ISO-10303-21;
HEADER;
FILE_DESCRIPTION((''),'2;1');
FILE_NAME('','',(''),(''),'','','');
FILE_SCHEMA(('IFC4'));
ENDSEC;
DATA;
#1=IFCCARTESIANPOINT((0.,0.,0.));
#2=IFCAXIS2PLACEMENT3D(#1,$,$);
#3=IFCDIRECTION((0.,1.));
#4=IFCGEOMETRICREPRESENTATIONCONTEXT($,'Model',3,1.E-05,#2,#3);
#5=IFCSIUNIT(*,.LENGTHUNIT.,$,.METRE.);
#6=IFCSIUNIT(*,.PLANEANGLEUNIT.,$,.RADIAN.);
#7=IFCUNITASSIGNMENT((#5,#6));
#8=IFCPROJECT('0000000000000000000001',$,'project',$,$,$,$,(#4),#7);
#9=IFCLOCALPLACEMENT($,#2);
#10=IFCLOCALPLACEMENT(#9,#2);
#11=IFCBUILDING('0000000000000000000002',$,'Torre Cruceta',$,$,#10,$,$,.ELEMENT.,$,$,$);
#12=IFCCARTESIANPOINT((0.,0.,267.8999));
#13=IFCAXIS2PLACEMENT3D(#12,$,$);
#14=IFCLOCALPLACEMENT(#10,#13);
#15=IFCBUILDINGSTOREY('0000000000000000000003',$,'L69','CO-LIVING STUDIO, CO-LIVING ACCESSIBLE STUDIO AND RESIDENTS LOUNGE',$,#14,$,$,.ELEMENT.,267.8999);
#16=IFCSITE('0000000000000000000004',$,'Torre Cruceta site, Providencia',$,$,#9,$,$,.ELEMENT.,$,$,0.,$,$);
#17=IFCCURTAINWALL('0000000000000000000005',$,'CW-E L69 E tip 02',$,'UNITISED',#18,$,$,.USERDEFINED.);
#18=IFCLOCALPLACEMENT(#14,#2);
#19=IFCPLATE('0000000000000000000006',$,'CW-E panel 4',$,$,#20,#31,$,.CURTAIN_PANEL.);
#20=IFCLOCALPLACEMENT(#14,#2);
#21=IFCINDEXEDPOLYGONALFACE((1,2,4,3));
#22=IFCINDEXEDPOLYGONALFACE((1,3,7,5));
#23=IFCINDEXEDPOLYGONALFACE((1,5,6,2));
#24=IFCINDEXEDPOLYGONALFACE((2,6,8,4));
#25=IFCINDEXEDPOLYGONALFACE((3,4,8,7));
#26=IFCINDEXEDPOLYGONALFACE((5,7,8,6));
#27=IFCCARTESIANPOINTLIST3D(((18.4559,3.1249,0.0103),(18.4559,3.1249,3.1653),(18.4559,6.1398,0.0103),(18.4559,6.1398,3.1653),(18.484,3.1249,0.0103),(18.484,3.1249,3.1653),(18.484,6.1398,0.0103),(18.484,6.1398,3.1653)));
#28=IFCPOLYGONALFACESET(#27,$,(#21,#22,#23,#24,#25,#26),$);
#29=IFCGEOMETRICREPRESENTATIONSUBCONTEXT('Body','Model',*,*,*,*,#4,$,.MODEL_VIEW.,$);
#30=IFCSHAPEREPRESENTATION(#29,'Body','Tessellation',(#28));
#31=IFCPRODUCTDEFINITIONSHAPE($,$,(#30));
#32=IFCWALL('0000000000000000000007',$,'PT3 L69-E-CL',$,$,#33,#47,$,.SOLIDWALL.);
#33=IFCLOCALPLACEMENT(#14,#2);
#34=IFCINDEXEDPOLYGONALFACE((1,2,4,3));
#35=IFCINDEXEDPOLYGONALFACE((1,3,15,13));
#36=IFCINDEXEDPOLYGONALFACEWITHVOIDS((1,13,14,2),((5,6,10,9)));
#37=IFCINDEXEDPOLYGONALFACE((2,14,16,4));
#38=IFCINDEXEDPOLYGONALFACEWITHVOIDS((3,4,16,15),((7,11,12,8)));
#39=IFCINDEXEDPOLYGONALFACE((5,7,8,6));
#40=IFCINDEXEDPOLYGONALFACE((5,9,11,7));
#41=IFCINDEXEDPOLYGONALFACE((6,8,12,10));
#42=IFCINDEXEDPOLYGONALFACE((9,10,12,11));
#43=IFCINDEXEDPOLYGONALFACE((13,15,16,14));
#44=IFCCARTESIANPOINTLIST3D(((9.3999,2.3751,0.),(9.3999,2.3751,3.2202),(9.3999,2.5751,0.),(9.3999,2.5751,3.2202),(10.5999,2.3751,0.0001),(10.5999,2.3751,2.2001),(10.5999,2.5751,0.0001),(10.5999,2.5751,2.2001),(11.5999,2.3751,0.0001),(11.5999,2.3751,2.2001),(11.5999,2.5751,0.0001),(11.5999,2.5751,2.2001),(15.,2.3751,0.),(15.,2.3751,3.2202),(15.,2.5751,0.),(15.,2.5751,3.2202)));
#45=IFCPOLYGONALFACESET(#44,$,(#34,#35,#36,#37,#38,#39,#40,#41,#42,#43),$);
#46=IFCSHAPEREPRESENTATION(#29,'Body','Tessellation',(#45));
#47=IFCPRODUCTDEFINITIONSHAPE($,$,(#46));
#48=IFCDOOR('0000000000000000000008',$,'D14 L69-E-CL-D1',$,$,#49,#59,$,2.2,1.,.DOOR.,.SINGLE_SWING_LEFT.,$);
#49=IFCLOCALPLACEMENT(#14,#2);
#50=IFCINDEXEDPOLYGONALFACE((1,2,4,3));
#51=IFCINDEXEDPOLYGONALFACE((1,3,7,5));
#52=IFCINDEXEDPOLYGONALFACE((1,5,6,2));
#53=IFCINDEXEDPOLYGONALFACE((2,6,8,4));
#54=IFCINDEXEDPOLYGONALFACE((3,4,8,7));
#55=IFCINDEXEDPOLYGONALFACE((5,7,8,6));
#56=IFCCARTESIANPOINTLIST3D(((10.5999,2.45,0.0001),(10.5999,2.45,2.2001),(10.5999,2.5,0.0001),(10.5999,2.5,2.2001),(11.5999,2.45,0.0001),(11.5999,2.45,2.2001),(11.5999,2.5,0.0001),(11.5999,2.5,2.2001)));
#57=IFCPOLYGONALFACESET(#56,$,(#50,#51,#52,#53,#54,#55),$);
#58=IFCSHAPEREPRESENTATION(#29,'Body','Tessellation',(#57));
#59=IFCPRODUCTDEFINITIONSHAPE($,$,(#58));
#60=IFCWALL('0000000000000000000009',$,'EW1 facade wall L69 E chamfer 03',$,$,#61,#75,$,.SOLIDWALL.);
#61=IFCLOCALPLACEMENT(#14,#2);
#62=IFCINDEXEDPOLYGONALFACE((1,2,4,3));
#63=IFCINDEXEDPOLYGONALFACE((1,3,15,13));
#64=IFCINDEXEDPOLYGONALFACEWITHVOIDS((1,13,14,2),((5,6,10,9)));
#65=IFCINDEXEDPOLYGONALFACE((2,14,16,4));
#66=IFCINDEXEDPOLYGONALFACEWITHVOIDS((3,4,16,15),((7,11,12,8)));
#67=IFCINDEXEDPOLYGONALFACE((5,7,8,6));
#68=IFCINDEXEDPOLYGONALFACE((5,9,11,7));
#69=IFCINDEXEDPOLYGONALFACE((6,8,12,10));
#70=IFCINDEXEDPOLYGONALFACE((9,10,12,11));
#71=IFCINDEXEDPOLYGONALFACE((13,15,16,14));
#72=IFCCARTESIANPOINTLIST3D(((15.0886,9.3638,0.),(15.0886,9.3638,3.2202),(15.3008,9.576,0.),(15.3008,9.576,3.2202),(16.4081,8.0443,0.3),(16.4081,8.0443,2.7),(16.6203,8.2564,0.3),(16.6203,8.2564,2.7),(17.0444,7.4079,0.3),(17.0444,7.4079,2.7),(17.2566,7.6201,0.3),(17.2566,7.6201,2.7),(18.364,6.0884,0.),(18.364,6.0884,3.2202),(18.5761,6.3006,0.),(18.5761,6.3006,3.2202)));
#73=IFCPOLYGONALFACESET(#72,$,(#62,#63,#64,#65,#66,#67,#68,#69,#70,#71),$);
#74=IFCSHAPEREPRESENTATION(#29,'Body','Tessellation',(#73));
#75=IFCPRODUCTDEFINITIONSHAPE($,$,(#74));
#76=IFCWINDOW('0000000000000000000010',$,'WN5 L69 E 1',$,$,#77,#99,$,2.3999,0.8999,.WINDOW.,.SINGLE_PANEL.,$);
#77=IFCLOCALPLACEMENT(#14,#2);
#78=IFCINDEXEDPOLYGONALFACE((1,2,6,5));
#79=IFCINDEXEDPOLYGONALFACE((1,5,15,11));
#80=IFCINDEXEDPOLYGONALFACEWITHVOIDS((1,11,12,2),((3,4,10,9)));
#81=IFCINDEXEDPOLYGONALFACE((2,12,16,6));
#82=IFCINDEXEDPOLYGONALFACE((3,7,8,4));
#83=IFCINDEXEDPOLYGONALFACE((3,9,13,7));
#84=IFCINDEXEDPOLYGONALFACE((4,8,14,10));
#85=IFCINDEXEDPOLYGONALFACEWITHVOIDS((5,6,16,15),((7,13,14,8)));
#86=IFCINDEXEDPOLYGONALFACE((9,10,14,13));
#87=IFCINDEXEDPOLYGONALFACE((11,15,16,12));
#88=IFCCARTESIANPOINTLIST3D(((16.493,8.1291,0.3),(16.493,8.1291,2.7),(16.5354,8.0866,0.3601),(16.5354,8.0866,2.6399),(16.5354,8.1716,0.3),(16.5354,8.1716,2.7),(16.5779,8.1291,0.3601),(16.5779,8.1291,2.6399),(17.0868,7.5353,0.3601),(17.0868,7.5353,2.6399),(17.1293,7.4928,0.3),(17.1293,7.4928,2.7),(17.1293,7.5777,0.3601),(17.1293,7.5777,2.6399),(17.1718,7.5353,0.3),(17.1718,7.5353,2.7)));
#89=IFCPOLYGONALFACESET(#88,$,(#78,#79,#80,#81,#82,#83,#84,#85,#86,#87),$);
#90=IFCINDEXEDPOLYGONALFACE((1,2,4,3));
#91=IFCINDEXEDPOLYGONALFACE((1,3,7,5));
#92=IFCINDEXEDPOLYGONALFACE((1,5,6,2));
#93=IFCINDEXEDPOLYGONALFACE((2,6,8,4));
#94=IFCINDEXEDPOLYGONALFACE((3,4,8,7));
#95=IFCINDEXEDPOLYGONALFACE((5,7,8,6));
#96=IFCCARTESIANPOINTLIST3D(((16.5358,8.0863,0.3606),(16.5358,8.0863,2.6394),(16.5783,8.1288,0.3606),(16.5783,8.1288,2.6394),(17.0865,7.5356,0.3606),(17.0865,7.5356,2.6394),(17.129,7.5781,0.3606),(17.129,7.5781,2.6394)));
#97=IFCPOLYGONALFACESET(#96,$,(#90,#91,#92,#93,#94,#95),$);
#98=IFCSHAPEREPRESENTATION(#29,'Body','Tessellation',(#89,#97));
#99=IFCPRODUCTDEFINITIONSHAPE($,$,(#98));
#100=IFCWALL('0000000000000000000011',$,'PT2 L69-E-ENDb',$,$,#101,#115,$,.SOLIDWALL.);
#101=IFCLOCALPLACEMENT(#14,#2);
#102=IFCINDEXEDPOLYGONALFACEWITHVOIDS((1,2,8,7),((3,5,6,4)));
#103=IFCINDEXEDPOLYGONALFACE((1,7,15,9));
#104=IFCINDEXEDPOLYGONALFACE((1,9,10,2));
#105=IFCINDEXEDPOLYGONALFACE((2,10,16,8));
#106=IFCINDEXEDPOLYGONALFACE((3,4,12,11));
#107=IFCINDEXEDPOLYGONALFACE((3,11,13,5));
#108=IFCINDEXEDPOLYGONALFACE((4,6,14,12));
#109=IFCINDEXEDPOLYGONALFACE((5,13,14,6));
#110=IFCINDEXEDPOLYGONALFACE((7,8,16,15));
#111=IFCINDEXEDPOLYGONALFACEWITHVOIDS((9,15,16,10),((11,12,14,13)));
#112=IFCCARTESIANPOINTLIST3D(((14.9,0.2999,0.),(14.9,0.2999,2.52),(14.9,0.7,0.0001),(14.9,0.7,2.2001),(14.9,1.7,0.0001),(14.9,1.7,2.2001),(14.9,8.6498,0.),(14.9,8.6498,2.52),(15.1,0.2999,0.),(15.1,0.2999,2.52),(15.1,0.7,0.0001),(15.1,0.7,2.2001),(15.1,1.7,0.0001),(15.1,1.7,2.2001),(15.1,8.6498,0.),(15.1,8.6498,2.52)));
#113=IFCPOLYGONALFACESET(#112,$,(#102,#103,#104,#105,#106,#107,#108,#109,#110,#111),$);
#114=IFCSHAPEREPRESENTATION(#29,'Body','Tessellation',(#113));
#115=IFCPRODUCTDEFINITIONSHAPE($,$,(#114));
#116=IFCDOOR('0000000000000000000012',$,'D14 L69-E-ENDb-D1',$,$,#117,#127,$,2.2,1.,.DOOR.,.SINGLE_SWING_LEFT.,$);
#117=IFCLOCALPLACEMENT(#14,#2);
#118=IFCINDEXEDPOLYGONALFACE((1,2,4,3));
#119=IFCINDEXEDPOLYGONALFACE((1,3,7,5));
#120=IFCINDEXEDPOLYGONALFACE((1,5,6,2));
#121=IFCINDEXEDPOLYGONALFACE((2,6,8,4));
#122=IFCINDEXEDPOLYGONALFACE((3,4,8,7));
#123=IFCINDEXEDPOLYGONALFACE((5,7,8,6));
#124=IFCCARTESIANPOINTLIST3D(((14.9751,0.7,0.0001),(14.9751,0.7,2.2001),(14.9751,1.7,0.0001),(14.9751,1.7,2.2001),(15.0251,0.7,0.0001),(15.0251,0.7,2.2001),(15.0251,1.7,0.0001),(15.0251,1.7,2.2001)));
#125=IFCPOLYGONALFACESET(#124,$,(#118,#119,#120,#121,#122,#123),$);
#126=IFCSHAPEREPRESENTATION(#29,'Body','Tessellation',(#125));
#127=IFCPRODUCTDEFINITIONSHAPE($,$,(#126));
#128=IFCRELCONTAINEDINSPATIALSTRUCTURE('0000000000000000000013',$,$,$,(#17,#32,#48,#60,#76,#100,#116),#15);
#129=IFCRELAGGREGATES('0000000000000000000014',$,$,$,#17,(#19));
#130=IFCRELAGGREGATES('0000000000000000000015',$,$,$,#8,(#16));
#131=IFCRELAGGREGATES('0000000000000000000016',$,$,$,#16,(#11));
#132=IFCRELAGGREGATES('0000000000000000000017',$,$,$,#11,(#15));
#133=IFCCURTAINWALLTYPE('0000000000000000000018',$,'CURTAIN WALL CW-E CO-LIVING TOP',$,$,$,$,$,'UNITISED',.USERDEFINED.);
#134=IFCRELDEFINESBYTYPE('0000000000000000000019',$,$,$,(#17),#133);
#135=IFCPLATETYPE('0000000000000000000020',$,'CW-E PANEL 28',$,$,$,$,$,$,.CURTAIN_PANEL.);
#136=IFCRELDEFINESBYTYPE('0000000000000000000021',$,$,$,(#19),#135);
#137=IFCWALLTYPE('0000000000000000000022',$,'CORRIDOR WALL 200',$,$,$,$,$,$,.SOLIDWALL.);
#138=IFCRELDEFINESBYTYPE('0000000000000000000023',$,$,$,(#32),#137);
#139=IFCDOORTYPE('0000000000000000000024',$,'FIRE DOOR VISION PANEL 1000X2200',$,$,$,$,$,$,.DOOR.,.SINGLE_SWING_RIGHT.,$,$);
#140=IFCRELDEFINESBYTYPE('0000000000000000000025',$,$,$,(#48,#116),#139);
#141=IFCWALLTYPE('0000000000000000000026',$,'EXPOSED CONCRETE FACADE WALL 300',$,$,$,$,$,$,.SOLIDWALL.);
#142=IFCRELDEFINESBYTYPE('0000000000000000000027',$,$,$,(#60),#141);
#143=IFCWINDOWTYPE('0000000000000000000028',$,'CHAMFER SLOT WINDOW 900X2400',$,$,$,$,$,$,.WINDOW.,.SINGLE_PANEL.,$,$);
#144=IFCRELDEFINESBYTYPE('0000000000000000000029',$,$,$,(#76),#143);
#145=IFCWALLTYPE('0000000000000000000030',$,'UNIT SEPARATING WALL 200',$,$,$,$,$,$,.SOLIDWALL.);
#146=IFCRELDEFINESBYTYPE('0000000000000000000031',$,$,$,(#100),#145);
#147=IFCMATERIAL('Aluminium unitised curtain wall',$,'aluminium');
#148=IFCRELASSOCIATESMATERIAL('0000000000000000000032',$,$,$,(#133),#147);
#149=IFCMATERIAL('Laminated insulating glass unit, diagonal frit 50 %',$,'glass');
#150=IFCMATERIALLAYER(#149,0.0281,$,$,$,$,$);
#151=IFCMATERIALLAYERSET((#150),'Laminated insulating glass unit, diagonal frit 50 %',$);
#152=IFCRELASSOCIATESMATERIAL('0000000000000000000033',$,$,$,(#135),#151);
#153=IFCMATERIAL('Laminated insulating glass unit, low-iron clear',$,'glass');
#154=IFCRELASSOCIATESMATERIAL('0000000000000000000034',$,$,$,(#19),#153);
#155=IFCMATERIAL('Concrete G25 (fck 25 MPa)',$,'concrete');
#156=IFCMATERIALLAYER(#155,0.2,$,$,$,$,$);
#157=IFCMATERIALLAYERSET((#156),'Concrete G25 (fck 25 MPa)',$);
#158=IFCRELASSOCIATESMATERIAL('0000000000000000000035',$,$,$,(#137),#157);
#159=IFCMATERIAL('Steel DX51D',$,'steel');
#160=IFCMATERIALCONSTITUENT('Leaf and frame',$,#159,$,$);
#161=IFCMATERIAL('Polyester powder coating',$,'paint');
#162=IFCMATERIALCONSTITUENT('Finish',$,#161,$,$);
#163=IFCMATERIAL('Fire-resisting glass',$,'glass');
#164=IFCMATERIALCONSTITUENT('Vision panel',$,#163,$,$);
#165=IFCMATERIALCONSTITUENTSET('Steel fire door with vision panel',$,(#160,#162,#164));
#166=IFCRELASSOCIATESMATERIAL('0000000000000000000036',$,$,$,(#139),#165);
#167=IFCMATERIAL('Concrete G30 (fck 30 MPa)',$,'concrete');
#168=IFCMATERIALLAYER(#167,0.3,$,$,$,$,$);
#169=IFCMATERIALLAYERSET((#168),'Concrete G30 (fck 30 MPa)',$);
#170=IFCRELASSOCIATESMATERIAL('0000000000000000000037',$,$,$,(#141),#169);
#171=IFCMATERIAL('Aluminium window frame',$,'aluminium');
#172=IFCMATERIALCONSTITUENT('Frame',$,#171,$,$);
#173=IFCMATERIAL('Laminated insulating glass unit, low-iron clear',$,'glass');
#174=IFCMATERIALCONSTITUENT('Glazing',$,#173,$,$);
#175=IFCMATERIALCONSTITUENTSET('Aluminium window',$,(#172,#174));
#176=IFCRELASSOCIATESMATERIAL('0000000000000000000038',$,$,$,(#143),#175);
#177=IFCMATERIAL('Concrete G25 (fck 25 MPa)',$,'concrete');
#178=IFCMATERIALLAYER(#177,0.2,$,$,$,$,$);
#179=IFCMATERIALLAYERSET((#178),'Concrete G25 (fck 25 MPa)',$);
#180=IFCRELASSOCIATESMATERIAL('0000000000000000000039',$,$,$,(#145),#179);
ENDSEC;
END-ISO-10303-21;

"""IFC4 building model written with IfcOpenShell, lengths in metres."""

from ifc_helpers import new_model, si_unit, direction, frame, frame_2d, origin, origin_2d, place, context, subcontext, project, spatial, rectangle, hollow_rectangle, extrude, material, layer, layer_set, constituent, constituent_set, type_object, element, fill, aggregate, save


model = new_model("IFC4")

# Units and contexts
model_context = context("Model", 3, precision=1e-05, world=origin(), true_north=direction((0.0, 1.0)))
body_context = subcontext(model_context, "Body", "Model", "MODEL_VIEW")
ifc_project = project(units=[si_unit("LENGTHUNIT", "METRE"), si_unit("PLANEANGLEUNIT", "RADIAN")], contexts=[model_context])

# Site, building, storey
site_placement = place(None, origin())
site = spatial("IfcSite", under=ifc_project, at=site_placement, Name="Torre Cruceta site, Providencia", CompositionType="ELEMENT", RefElevation=0.0)
building_placement = place(site_placement, origin())
building = spatial("IfcBuilding", under=site, at=building_placement, Name="Torre Cruceta", CompositionType="ELEMENT")
storey_placement = place(building_placement, frame((0.0, 0.0, 267.8999)))
storey = spatial("IfcBuildingStorey", under=building, at=storey_placement, Name="L69", Description="CO-LIVING STUDIO, CO-LIVING ACCESSIBLE STUDIO AND RESIDENTS LOUNGE", CompositionType="ELEMENT", Elevation=267.8999)

# Curtain wall
ifc_material_1 = material(Name="Aluminium unitised curtain wall", Category="aluminium")
curtain_wall_type = type_object("IfcCurtainWallType", Name="CURTAIN WALL CW-E CO-LIVING TOP", ElementType="UNITISED", PredefinedType="USERDEFINED", material=ifc_material_1)
curtain_wall_placement = place(storey_placement, origin())
curtain_wall = element("IfcCurtainWall", 1, at=curtain_wall_placement, inside=storey, type_object=curtain_wall_type, Name="CW-E L69 E tip 02", ObjectType="UNITISED", PredefinedType="USERDEFINED")

# Plate
ifc_material_2 = material(Name="Laminated insulating glass unit, diagonal frit 50 %", Category="glass")
ifc_layer_1 = layer(ifc_material_2, 0.0281)
ifc_layer_set_1 = layer_set([ifc_layer_1], Name="Laminated insulating glass unit, diagonal frit 50 %")
plate_type = type_object("IfcPlateType", Name="CW-E PANEL 28", PredefinedType="CURTAIN_PANEL", material=ifc_layer_set_1)
ifc_material_3 = material(Name="Laminated insulating glass unit, low-iron clear", Category="glass")
plate_1_placement = place(storey_placement, frame((18.47, 4.6323, 0.0103), z_axis=(0.0, 0.0, 1.0), x_axis=(0.0, 1.0, 0.0)))
plate_1 = element("IfcPlate", 2, at=plate_1_placement, type_object=plate_type, material=ifc_material_3, Name="CW-E panel 4", PredefinedType="CURTAIN_PANEL", context=body_context, shape_type="SweptSolid", body=[
    extrude(rectangle(XDim=3.0149, YDim=0.0281, at=origin_2d()), origin(), (0.0, 0.0, 1.0), 3.155),
])
aggregate(curtain_wall, [plate_1])

# Wall, opening, door
ifc_material_4 = material(Name="Concrete G25 (fck 25 MPa)", Category="concrete")
ifc_layer_2 = layer(ifc_material_4, 0.2)
ifc_layer_set_2 = layer_set([ifc_layer_2], Name="Concrete G25 (fck 25 MPa)")
wall_type_1 = type_object("IfcWallType", Name="CORRIDOR WALL 200", PredefinedType="SOLIDWALL", material=ifc_layer_set_2)
wall_1_placement = place(storey_placement, frame((9.3999, 2.4751, 0.0), z_axis=(0.0, 0.0, 1.0), x_axis=(1.0, 0.0, 0.0)))
wall_1 = element("IfcWall", 3, at=wall_1_placement, inside=storey, type_object=wall_type_1, Name="PT3 L69-E-CL", PredefinedType="SOLIDWALL", context=body_context, shape_type="SweptSolid", body=[
    extrude(rectangle(XDim=5.6001, YDim=0.2, at=frame_2d((2.8, 0.0))), origin(), (0.0, 0.0, 1.0), 3.2202),
])
opening_1_placement = place(wall_1_placement, frame((1.2, 0.0, 0.0)))
opening_1 = element("IfcOpeningElement", 4, at=opening_1_placement, cuts=wall_1, PredefinedType="OPENING", context=body_context, shape_type="SweptSolid", body=[
    extrude(rectangle(XDim=1.0, YDim=2.2, at=frame_2d((0.5, 1.1001))), frame((0.0, 0.1099, 0.0), z_axis=(0.0, -1.0, 0.0), x_axis=(1.0, 0.0, 0.0)), (0.0, 0.0, 1.0), 0.22),
])
ifc_material_5 = material(Name="Steel DX51D", Category="steel")
ifc_constituent_1 = constituent(ifc_material_5, Name="Leaf and frame")
ifc_material_6 = material(Name="Polyester powder coating", Category="paint")
ifc_constituent_2 = constituent(ifc_material_6, Name="Finish")
ifc_material_7 = material(Name="Fire-resisting glass", Category="glass")
ifc_constituent_3 = constituent(ifc_material_7, Name="Vision panel")
ifc_constituent_set_1 = constituent_set(constituents=[ifc_constituent_1, ifc_constituent_2, ifc_constituent_3], Name="Steel fire door with vision panel")
door_type = type_object("IfcDoorType", Name="FIRE DOOR VISION PANEL 1000X2200", OperationType="SINGLE_SWING_RIGHT", PredefinedType="DOOR", material=ifc_constituent_set_1)
door_1_placement = place(opening_1_placement, origin())
door_1 = element("IfcDoor", 5, at=door_1_placement, inside=storey, type_object=door_type, Name="D14 L69-E-CL-D1", OperationType="SINGLE_SWING_LEFT", OverallHeight=2.2, OverallWidth=1.0, PredefinedType="DOOR", context=body_context, shape_type="SweptSolid", body=[
    extrude(rectangle(XDim=1.0, YDim=2.2, at=frame_2d((0.5, 1.1001))), frame((0.0, 0.0249, 0.0), z_axis=(0.0, -1.0, 0.0), x_axis=(1.0, 0.0, 0.0)), (0.0, 0.0, 1.0), 0.05),
])
fill(opening_1, door_1)

# Wall, opening, window
ifc_material_8 = material(Name="Concrete G30 (fck 30 MPa)", Category="concrete")
ifc_layer_3 = layer(ifc_material_8, 0.3)
ifc_layer_set_3 = layer_set([ifc_layer_3], Name="Concrete G30 (fck 30 MPa)")
wall_type_2 = type_object("IfcWallType", Name="EXPOSED CONCRETE FACADE WALL 300", PredefinedType="SOLIDWALL", material=ifc_layer_set_3)
wall_2_placement = place(storey_placement, frame((18.47, 6.1946, 0.0), z_axis=(0.0, 0.0, 1.0), x_axis=(-0.707107, 0.707107, 0.0)))
wall_2 = element("IfcWall", 6, at=wall_2_placement, inside=storey, type_object=wall_type_2, Name="EW1 facade wall L69 E chamfer 03", PredefinedType="SOLIDWALL", context=body_context, shape_type="SweptSolid", body=[
    extrude(rectangle(XDim=4.6321, YDim=0.3, at=frame_2d((2.3159, 0.0))), origin(), (0.0, 0.0, 1.0), 3.2202),
])
opening_2_placement = place(wall_2_placement, frame((1.866, 0.0, 0.3)))
opening_2 = element("IfcOpeningElement", 7, at=opening_2_placement, cuts=wall_2, PredefinedType="OPENING", context=body_context, shape_type="SweptSolid", body=[
    extrude(rectangle(XDim=0.8999, YDim=2.3999, at=frame_2d((0.45, 1.2))), frame((0.0, 0.1599, 0.0), z_axis=(0.0, -1.0, 0.0), x_axis=(1.0, 0.0, 0.0)), (0.0, 0.0, 1.0), 0.3201),
])
ifc_material_9 = material(Name="Aluminium window frame", Category="aluminium")
ifc_constituent_4 = constituent(ifc_material_9, Name="Frame")
ifc_material_10 = material(Name="Laminated insulating glass unit, low-iron clear", Category="glass")
ifc_constituent_5 = constituent(ifc_material_10, Name="Glazing")
ifc_constituent_set_2 = constituent_set(constituents=[ifc_constituent_4, ifc_constituent_5], Name="Aluminium window")
window_type = type_object("IfcWindowType", Name="CHAMFER SLOT WINDOW 900X2400", PartitioningType="SINGLE_PANEL", PredefinedType="WINDOW", material=ifc_constituent_set_2)
window_placement = place(opening_2_placement, origin())
window = element("IfcWindow", 8, at=window_placement, inside=storey, type_object=window_type, Name="WN5 L69 E 1", OverallHeight=2.3999, OverallWidth=0.8999, PartitioningType="SINGLE_PANEL", PredefinedType="WINDOW", context=body_context, shape_type="SweptSolid", body=[
    extrude(hollow_rectangle(XDim=0.8999, YDim=2.3999, WallThickness=0.0601, at=frame_2d((0.45, 1.2))), frame((0.0, 0.03, 0.0), z_axis=(0.0, -1.0, 0.0), x_axis=(1.0, 0.0, 0.0)), (0.0, 0.0, 1.0), 0.0601),
    extrude(rectangle(XDim=0.7788, YDim=2.2788, at=frame_2d((0.45, 1.2))), frame((0.0, 0.03, 0.0), z_axis=(0.0, -1.0, 0.0), x_axis=(1.0, 0.0, 0.0)), (0.0, 0.0, 1.0), 0.0601),
])
fill(opening_2, window)

# Wall, opening, door
ifc_material_11 = material(Name="Concrete G25 (fck 25 MPa)", Category="concrete")
ifc_layer_4 = layer(ifc_material_11, 0.2)
ifc_layer_set_4 = layer_set([ifc_layer_4], Name="Concrete G25 (fck 25 MPa)")
wall_type_3 = type_object("IfcWallType", Name="UNIT SEPARATING WALL 200", PredefinedType="SOLIDWALL", material=ifc_layer_set_4)
wall_3_placement = place(storey_placement, frame((15.0, 0.3, 0.0), z_axis=(0.0, 0.0, 1.0), x_axis=(0.0, 1.0, 0.0)))
wall_3 = element("IfcWall", 9, at=wall_3_placement, inside=storey, type_object=wall_type_3, Name="PT2 L69-E-ENDb", PredefinedType="SOLIDWALL", context=body_context, shape_type="SweptSolid", body=[
    extrude(rectangle(XDim=8.3499, YDim=0.2, at=frame_2d((4.1748, 0.0))), origin(), (0.0, 0.0, 1.0), 2.52),
])
opening_3_placement = place(wall_3_placement, frame((0.3999, 0.0, 0.0)))
opening_3 = element("IfcOpeningElement", 10, at=opening_3_placement, cuts=wall_3, PredefinedType="OPENING", context=body_context, shape_type="SweptSolid", body=[
    extrude(rectangle(XDim=1.0, YDim=2.2, at=frame_2d((0.5, 1.1001))), frame((0.0, 0.1099, 0.0), z_axis=(0.0, -1.0, 0.0), x_axis=(1.0, 0.0, 0.0)), (0.0, 0.0, 1.0), 0.22),
])
door_2_placement = place(opening_3_placement, frame((1.0, 0.0, 0.0), z_axis=(0.0, 0.0, 1.0), x_axis=(-1.0, 0.0, 0.0)))
door_2 = element("IfcDoor", 11, at=door_2_placement, inside=storey, type_object=door_type, Name="D14 L69-E-ENDb-D1", OperationType="SINGLE_SWING_LEFT", OverallHeight=2.2, OverallWidth=1.0, PredefinedType="DOOR", context=body_context, shape_type="SweptSolid", body=[
    extrude(rectangle(XDim=1.0, YDim=2.2, at=frame_2d((0.5, 1.1001))), frame((0.0, 0.0251, 0.0), z_axis=(0.0, -1.0, 0.0), x_axis=(1.0, 0.0, 0.0)), (0.0, 0.0, 1.0), 0.05),
])
fill(opening_3, door_2)

save(model, "model.ifc")
